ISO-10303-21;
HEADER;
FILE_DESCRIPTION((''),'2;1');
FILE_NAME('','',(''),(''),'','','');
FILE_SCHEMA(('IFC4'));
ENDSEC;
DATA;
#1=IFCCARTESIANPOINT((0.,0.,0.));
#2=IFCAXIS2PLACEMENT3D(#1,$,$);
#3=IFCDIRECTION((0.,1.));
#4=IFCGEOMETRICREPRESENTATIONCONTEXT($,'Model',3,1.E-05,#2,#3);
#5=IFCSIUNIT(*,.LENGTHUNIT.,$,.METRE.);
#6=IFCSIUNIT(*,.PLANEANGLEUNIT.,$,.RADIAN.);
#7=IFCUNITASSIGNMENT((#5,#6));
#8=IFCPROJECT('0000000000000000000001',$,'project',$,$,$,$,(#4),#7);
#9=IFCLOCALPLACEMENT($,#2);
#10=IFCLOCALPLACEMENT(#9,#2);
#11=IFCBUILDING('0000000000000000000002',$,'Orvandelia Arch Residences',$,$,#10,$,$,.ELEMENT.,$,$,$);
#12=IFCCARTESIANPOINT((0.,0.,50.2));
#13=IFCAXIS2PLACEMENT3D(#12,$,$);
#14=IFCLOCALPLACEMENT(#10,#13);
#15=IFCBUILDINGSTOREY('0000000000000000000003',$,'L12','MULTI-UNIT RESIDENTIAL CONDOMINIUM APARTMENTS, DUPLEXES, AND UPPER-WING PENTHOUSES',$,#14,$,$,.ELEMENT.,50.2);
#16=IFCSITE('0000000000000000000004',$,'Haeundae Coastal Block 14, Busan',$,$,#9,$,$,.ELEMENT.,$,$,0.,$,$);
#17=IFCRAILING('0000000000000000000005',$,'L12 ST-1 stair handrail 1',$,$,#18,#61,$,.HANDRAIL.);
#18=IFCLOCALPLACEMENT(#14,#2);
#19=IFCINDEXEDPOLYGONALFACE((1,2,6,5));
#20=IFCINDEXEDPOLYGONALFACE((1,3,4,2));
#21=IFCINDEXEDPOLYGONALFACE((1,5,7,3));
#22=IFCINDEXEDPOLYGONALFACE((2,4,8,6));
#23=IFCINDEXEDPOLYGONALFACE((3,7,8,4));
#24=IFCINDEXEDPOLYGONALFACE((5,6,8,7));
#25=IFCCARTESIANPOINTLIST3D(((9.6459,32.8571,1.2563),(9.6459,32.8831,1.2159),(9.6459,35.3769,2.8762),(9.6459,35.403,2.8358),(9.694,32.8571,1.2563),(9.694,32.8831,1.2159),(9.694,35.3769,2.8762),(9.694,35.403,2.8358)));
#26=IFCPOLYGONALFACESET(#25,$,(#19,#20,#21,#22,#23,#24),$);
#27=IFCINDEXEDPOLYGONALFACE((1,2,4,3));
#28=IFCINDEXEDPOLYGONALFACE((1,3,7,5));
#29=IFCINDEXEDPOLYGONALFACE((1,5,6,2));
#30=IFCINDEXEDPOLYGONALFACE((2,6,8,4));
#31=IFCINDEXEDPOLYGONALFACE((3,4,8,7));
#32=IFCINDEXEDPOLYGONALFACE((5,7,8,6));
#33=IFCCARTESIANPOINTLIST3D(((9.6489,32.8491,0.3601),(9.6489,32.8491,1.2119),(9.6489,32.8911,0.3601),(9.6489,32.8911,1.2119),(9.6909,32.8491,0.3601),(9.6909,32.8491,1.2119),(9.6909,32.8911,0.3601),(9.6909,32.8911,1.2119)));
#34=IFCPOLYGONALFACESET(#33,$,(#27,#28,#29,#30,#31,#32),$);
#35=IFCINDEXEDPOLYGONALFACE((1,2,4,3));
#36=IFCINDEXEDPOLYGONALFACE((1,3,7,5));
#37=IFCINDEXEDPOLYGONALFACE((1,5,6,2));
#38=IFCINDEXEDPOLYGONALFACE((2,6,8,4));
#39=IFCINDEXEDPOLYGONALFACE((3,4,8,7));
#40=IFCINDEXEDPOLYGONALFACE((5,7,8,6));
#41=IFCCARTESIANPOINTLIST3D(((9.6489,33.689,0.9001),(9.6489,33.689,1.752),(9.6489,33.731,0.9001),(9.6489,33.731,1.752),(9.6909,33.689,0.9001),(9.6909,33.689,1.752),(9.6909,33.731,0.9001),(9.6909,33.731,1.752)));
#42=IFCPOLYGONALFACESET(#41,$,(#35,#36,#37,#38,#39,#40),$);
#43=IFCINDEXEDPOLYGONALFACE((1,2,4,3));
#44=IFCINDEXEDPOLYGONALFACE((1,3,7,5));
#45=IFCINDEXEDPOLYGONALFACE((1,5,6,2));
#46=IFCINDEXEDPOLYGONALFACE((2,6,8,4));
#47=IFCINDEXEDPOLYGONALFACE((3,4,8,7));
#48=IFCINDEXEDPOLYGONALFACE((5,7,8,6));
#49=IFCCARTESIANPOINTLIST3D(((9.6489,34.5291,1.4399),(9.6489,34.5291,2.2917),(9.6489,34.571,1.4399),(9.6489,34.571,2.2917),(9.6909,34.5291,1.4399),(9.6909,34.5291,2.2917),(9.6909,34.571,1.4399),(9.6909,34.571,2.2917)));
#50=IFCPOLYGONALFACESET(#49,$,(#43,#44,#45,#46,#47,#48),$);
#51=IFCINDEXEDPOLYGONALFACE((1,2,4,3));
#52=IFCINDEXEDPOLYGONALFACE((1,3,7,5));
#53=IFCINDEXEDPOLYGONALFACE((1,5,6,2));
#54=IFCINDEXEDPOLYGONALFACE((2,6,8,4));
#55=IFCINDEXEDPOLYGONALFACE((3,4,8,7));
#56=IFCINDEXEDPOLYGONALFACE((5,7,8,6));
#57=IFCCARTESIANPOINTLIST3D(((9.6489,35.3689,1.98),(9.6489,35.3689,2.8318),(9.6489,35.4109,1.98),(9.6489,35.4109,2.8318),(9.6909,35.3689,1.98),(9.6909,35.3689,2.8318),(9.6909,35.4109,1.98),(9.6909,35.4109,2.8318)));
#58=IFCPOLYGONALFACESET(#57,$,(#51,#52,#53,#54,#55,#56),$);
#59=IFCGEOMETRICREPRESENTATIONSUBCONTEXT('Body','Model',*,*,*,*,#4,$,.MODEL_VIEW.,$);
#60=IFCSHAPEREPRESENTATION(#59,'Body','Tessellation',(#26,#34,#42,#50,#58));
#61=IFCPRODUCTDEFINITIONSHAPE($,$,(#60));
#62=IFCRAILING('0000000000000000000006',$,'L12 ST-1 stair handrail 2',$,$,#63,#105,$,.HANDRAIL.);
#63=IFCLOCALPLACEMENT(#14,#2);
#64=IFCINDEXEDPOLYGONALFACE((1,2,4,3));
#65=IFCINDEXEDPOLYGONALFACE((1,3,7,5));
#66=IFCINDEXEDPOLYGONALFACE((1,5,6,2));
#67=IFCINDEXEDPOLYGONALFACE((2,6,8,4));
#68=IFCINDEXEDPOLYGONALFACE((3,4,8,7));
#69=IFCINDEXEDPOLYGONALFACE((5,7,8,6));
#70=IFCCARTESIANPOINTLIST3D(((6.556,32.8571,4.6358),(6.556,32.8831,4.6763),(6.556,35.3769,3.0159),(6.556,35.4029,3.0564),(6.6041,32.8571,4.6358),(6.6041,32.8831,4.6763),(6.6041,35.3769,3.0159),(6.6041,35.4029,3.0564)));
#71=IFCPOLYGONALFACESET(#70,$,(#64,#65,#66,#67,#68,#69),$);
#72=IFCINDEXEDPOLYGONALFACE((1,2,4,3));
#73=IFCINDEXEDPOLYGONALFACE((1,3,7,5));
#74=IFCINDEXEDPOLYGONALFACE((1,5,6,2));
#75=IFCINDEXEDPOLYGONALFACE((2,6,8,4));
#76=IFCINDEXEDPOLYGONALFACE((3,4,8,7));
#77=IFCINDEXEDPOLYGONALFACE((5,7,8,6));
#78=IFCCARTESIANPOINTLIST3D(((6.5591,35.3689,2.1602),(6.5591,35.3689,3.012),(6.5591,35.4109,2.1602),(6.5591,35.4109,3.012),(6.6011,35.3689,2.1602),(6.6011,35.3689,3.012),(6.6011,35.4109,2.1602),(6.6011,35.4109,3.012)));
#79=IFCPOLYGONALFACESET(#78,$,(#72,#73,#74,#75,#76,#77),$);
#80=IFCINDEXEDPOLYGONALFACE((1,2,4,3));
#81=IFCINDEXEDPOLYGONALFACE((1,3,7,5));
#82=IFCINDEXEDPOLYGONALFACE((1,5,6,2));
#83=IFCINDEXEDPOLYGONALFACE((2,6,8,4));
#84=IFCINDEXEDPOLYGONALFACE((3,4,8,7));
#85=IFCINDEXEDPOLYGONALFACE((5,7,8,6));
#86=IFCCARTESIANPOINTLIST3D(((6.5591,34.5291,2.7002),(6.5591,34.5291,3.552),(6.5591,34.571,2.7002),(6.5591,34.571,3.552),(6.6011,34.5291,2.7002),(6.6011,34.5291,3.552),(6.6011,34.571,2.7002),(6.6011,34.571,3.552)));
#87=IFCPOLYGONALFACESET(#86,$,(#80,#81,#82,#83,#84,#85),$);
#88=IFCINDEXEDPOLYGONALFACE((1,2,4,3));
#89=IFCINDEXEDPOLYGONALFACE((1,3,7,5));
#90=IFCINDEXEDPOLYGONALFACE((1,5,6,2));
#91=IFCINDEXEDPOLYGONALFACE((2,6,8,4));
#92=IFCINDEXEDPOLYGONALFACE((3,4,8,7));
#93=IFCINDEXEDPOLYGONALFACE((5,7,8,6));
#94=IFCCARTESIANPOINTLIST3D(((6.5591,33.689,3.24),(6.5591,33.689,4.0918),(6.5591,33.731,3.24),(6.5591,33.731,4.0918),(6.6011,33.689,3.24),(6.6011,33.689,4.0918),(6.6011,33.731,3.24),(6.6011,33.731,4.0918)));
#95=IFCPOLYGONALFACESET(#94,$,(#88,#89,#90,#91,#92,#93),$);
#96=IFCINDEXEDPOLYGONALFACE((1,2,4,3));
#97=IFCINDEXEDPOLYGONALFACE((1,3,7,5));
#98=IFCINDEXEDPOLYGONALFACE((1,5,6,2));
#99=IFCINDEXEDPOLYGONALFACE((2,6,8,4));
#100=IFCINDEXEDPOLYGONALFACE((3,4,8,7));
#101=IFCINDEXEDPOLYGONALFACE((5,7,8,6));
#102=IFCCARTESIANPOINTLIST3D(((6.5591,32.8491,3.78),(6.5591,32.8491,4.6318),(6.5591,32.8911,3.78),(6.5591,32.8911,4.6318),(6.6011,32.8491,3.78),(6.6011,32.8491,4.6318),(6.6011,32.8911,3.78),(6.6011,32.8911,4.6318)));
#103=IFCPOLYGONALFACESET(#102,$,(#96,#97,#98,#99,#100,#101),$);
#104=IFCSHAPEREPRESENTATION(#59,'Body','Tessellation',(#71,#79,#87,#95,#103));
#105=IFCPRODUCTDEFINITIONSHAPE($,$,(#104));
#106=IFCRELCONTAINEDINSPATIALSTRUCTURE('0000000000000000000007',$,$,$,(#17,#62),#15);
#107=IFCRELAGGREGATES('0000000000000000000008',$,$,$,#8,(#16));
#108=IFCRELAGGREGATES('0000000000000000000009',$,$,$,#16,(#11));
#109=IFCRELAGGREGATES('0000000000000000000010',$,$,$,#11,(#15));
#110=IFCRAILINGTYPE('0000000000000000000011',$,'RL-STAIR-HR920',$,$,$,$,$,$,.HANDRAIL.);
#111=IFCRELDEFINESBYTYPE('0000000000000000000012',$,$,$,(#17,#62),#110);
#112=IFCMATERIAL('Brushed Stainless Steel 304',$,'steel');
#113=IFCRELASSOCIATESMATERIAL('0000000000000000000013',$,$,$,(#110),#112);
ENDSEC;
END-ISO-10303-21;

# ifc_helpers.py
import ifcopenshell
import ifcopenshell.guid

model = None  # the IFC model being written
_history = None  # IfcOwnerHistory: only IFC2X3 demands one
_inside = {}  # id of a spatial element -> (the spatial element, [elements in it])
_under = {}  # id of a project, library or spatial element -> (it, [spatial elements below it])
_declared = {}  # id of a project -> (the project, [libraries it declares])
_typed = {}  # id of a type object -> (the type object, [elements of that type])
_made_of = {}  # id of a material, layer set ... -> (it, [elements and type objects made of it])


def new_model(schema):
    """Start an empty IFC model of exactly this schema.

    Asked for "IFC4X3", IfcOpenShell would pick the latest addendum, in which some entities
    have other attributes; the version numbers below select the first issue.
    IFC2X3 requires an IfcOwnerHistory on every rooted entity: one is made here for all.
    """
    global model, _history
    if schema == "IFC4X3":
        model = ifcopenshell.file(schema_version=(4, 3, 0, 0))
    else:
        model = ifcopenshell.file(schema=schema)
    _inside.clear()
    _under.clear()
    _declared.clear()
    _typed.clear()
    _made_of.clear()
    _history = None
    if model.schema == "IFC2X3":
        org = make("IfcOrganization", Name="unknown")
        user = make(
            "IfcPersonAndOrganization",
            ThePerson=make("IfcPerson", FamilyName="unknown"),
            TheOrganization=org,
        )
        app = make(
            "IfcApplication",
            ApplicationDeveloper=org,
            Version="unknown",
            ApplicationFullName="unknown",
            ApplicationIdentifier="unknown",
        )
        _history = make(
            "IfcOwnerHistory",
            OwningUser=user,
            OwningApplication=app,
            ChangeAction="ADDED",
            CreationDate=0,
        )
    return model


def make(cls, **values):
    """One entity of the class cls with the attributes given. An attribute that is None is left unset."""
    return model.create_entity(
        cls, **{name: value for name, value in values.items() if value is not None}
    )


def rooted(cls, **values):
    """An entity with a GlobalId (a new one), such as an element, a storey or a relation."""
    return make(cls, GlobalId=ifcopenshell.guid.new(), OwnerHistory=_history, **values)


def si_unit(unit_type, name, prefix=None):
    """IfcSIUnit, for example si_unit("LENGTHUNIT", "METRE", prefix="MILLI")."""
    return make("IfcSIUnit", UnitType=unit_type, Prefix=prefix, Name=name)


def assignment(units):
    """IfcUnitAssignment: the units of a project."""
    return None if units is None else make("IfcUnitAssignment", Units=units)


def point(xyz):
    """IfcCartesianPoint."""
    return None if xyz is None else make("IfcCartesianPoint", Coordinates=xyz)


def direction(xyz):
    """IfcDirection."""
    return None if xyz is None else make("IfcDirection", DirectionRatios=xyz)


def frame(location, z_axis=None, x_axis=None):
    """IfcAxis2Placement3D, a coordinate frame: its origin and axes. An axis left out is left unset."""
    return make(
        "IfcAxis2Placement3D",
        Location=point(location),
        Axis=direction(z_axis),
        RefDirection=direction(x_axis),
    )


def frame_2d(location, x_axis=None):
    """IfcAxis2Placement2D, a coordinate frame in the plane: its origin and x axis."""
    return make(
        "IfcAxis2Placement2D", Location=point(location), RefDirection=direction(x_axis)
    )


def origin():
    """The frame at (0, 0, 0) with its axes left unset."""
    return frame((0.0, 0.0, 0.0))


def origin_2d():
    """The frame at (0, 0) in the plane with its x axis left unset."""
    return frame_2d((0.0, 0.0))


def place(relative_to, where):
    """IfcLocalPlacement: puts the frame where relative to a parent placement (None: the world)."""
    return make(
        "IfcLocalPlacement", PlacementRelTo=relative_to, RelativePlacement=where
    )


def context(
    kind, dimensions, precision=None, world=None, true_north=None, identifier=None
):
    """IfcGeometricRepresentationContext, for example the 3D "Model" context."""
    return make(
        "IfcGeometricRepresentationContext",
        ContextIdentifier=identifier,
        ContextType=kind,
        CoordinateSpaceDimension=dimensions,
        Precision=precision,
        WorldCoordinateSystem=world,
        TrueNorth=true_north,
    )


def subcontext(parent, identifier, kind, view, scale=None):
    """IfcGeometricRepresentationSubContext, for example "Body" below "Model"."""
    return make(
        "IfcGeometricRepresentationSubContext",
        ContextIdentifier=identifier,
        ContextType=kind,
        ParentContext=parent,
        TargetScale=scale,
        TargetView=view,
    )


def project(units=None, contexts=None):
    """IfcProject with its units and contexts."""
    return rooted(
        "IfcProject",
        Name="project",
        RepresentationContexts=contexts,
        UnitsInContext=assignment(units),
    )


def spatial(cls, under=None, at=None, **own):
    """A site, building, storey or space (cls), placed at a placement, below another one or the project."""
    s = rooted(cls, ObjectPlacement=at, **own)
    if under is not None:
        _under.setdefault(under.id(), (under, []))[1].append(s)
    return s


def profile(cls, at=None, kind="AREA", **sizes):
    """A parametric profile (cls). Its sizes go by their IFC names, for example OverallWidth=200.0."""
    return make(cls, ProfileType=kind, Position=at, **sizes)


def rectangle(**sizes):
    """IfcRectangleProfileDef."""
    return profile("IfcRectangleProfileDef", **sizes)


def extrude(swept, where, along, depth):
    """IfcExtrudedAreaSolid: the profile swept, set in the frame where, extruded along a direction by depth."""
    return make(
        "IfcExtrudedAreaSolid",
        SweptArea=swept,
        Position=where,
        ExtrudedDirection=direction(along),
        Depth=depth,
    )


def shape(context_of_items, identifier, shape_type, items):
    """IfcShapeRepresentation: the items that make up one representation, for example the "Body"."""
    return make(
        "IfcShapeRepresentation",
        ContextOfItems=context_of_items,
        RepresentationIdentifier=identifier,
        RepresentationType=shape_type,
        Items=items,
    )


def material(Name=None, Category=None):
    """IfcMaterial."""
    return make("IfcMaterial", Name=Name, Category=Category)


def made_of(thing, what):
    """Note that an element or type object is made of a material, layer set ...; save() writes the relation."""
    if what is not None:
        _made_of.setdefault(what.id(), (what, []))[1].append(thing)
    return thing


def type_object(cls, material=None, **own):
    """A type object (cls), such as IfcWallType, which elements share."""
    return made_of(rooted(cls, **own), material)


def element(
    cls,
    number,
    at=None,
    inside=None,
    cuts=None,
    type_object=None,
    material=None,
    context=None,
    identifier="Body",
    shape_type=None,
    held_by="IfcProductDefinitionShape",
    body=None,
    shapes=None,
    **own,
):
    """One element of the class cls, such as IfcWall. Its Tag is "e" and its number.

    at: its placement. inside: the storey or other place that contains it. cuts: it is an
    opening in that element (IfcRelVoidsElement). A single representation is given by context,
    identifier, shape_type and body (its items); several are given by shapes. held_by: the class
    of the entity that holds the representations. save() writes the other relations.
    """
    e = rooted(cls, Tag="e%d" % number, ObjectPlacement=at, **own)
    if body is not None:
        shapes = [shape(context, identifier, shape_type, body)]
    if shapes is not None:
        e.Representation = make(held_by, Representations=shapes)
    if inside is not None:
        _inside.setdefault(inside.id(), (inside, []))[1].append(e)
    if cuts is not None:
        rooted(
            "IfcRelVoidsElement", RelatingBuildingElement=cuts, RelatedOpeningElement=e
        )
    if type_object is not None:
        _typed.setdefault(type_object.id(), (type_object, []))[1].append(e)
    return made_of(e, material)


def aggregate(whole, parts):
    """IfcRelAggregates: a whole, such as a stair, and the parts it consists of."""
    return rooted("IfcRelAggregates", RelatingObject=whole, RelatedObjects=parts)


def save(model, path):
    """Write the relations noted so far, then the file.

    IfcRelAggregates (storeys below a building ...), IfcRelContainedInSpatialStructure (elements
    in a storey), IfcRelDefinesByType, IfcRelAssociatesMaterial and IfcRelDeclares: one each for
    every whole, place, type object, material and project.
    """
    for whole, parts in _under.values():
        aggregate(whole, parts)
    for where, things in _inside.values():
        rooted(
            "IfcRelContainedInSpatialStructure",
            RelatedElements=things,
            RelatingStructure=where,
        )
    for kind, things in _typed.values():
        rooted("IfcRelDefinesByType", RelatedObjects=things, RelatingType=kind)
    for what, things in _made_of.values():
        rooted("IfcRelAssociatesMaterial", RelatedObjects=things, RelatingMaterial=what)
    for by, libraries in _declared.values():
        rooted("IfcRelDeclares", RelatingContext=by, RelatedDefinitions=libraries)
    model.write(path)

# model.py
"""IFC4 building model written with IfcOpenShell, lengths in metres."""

from ifc_helpers import new_model, si_unit, direction, frame, origin, origin_2d, place, context, subcontext, project, spatial, rectangle, extrude, material, type_object, element, save


model = new_model("IFC4")

# Units and contexts
model_context = context("Model", 3, precision=1e-05, world=origin(), true_north=direction((0.0, 1.0)))
body_context = subcontext(model_context, "Body", "Model", "MODEL_VIEW")
ifc_project = project(units=[si_unit("LENGTHUNIT", "METRE"), si_unit("PLANEANGLEUNIT", "RADIAN")], contexts=[model_context])

# Site, building, storey
site_placement = place(None, origin())
site = spatial("IfcSite", under=ifc_project, at=site_placement, Name="Haeundae Coastal Block 14, Busan", CompositionType="ELEMENT", RefElevation=0.0)
building_placement = place(site_placement, origin())
building = spatial("IfcBuilding", under=site, at=building_placement, Name="Orvandelia Arch Residences", CompositionType="ELEMENT")
storey_placement = place(building_placement, frame((0.0, 0.0, 50.2)))
storey = spatial("IfcBuildingStorey", under=building, at=storey_placement, Name="L12", Description="MULTI-UNIT RESIDENTIAL CONDOMINIUM APARTMENTS, DUPLEXES, AND UPPER-WING PENTHOUSES", CompositionType="ELEMENT", Elevation=50.2)

# Railings
ifc_material_1 = material(Name="Brushed Stainless Steel 304", Category="steel")
railing_type_1 = type_object("IfcRailingType", Name="RL-STAIR-HR920", PredefinedType="HANDRAIL", material=ifc_material_1)
railing_1_placement = place(storey_placement, frame((9.6699, 32.8701, 0.3601)))
element("IfcRailing", 1, at=railing_1_placement, inside=storey, type_object=railing_type_1, Name="L12 ST-1 stair handrail 1", PredefinedType="HANDRAIL", context=body_context, shape_type="SweptSolid", body=[
    extrude(rectangle(XDim=0.0481, YDim=0.0481, at=origin_2d()), frame((0.0, 0.0, 0.876), z_axis=(0.0, 0.841176, 0.540762), x_axis=(-1.0, 0.0, 0.0)), (0.0, 0.0, 1.0), 2.9956),
    extrude(rectangle(XDim=0.042, YDim=0.042, at=origin_2d()), origin(), (0.0, 0.0, 1.0), 0.8518),
    extrude(rectangle(XDim=0.042, YDim=0.042, at=origin_2d()), frame((0.0, 0.8398, 0.54)), (0.0, 0.0, 1.0), 0.8518),
    extrude(rectangle(XDim=0.042, YDim=0.042, at=origin_2d()), frame((0.0, 1.6799, 1.0798)), (0.0, 0.0, 1.0), 0.8518),
    extrude(rectangle(XDim=0.042, YDim=0.042, at=origin_2d()), frame((0.0, 2.5198, 1.6199)), (0.0, 0.0, 1.0), 0.8518),
])
railing_2_placement = place(storey_placement, frame((6.5801, 35.3899, 2.1602)))
element("IfcRailing", 2, at=railing_2_placement, inside=storey, type_object=railing_type_1, Name="L12 ST-1 stair handrail 2", PredefinedType="HANDRAIL", context=body_context, shape_type="SweptSolid", body=[
    extrude(rectangle(XDim=0.0481, YDim=0.0481, at=origin_2d()), frame((0.0, 0.0, 0.876), z_axis=(0.0, -0.841176, 0.540762), x_axis=(1.0, 0.0, 0.0)), (0.0, 0.0, 1.0), 2.9956),
    extrude(rectangle(XDim=0.042, YDim=0.042, at=origin_2d()), origin(), (0.0, 0.0, 1.0), 0.8518),
    extrude(rectangle(XDim=0.042, YDim=0.042, at=origin_2d()), frame((0.0, -0.8398, 0.54)), (0.0, 0.0, 1.0), 0.8518),
    extrude(rectangle(XDim=0.042, YDim=0.042, at=origin_2d()), frame((0.0, -1.6799, 1.0798)), (0.0, 0.0, 1.0), 0.8518),
    extrude(rectangle(XDim=0.042, YDim=0.042, at=origin_2d()), frame((0.0, -2.5198, 1.6199)), (0.0, 0.0, 1.0), 0.8518),
])

save(model, "model.ifc")
